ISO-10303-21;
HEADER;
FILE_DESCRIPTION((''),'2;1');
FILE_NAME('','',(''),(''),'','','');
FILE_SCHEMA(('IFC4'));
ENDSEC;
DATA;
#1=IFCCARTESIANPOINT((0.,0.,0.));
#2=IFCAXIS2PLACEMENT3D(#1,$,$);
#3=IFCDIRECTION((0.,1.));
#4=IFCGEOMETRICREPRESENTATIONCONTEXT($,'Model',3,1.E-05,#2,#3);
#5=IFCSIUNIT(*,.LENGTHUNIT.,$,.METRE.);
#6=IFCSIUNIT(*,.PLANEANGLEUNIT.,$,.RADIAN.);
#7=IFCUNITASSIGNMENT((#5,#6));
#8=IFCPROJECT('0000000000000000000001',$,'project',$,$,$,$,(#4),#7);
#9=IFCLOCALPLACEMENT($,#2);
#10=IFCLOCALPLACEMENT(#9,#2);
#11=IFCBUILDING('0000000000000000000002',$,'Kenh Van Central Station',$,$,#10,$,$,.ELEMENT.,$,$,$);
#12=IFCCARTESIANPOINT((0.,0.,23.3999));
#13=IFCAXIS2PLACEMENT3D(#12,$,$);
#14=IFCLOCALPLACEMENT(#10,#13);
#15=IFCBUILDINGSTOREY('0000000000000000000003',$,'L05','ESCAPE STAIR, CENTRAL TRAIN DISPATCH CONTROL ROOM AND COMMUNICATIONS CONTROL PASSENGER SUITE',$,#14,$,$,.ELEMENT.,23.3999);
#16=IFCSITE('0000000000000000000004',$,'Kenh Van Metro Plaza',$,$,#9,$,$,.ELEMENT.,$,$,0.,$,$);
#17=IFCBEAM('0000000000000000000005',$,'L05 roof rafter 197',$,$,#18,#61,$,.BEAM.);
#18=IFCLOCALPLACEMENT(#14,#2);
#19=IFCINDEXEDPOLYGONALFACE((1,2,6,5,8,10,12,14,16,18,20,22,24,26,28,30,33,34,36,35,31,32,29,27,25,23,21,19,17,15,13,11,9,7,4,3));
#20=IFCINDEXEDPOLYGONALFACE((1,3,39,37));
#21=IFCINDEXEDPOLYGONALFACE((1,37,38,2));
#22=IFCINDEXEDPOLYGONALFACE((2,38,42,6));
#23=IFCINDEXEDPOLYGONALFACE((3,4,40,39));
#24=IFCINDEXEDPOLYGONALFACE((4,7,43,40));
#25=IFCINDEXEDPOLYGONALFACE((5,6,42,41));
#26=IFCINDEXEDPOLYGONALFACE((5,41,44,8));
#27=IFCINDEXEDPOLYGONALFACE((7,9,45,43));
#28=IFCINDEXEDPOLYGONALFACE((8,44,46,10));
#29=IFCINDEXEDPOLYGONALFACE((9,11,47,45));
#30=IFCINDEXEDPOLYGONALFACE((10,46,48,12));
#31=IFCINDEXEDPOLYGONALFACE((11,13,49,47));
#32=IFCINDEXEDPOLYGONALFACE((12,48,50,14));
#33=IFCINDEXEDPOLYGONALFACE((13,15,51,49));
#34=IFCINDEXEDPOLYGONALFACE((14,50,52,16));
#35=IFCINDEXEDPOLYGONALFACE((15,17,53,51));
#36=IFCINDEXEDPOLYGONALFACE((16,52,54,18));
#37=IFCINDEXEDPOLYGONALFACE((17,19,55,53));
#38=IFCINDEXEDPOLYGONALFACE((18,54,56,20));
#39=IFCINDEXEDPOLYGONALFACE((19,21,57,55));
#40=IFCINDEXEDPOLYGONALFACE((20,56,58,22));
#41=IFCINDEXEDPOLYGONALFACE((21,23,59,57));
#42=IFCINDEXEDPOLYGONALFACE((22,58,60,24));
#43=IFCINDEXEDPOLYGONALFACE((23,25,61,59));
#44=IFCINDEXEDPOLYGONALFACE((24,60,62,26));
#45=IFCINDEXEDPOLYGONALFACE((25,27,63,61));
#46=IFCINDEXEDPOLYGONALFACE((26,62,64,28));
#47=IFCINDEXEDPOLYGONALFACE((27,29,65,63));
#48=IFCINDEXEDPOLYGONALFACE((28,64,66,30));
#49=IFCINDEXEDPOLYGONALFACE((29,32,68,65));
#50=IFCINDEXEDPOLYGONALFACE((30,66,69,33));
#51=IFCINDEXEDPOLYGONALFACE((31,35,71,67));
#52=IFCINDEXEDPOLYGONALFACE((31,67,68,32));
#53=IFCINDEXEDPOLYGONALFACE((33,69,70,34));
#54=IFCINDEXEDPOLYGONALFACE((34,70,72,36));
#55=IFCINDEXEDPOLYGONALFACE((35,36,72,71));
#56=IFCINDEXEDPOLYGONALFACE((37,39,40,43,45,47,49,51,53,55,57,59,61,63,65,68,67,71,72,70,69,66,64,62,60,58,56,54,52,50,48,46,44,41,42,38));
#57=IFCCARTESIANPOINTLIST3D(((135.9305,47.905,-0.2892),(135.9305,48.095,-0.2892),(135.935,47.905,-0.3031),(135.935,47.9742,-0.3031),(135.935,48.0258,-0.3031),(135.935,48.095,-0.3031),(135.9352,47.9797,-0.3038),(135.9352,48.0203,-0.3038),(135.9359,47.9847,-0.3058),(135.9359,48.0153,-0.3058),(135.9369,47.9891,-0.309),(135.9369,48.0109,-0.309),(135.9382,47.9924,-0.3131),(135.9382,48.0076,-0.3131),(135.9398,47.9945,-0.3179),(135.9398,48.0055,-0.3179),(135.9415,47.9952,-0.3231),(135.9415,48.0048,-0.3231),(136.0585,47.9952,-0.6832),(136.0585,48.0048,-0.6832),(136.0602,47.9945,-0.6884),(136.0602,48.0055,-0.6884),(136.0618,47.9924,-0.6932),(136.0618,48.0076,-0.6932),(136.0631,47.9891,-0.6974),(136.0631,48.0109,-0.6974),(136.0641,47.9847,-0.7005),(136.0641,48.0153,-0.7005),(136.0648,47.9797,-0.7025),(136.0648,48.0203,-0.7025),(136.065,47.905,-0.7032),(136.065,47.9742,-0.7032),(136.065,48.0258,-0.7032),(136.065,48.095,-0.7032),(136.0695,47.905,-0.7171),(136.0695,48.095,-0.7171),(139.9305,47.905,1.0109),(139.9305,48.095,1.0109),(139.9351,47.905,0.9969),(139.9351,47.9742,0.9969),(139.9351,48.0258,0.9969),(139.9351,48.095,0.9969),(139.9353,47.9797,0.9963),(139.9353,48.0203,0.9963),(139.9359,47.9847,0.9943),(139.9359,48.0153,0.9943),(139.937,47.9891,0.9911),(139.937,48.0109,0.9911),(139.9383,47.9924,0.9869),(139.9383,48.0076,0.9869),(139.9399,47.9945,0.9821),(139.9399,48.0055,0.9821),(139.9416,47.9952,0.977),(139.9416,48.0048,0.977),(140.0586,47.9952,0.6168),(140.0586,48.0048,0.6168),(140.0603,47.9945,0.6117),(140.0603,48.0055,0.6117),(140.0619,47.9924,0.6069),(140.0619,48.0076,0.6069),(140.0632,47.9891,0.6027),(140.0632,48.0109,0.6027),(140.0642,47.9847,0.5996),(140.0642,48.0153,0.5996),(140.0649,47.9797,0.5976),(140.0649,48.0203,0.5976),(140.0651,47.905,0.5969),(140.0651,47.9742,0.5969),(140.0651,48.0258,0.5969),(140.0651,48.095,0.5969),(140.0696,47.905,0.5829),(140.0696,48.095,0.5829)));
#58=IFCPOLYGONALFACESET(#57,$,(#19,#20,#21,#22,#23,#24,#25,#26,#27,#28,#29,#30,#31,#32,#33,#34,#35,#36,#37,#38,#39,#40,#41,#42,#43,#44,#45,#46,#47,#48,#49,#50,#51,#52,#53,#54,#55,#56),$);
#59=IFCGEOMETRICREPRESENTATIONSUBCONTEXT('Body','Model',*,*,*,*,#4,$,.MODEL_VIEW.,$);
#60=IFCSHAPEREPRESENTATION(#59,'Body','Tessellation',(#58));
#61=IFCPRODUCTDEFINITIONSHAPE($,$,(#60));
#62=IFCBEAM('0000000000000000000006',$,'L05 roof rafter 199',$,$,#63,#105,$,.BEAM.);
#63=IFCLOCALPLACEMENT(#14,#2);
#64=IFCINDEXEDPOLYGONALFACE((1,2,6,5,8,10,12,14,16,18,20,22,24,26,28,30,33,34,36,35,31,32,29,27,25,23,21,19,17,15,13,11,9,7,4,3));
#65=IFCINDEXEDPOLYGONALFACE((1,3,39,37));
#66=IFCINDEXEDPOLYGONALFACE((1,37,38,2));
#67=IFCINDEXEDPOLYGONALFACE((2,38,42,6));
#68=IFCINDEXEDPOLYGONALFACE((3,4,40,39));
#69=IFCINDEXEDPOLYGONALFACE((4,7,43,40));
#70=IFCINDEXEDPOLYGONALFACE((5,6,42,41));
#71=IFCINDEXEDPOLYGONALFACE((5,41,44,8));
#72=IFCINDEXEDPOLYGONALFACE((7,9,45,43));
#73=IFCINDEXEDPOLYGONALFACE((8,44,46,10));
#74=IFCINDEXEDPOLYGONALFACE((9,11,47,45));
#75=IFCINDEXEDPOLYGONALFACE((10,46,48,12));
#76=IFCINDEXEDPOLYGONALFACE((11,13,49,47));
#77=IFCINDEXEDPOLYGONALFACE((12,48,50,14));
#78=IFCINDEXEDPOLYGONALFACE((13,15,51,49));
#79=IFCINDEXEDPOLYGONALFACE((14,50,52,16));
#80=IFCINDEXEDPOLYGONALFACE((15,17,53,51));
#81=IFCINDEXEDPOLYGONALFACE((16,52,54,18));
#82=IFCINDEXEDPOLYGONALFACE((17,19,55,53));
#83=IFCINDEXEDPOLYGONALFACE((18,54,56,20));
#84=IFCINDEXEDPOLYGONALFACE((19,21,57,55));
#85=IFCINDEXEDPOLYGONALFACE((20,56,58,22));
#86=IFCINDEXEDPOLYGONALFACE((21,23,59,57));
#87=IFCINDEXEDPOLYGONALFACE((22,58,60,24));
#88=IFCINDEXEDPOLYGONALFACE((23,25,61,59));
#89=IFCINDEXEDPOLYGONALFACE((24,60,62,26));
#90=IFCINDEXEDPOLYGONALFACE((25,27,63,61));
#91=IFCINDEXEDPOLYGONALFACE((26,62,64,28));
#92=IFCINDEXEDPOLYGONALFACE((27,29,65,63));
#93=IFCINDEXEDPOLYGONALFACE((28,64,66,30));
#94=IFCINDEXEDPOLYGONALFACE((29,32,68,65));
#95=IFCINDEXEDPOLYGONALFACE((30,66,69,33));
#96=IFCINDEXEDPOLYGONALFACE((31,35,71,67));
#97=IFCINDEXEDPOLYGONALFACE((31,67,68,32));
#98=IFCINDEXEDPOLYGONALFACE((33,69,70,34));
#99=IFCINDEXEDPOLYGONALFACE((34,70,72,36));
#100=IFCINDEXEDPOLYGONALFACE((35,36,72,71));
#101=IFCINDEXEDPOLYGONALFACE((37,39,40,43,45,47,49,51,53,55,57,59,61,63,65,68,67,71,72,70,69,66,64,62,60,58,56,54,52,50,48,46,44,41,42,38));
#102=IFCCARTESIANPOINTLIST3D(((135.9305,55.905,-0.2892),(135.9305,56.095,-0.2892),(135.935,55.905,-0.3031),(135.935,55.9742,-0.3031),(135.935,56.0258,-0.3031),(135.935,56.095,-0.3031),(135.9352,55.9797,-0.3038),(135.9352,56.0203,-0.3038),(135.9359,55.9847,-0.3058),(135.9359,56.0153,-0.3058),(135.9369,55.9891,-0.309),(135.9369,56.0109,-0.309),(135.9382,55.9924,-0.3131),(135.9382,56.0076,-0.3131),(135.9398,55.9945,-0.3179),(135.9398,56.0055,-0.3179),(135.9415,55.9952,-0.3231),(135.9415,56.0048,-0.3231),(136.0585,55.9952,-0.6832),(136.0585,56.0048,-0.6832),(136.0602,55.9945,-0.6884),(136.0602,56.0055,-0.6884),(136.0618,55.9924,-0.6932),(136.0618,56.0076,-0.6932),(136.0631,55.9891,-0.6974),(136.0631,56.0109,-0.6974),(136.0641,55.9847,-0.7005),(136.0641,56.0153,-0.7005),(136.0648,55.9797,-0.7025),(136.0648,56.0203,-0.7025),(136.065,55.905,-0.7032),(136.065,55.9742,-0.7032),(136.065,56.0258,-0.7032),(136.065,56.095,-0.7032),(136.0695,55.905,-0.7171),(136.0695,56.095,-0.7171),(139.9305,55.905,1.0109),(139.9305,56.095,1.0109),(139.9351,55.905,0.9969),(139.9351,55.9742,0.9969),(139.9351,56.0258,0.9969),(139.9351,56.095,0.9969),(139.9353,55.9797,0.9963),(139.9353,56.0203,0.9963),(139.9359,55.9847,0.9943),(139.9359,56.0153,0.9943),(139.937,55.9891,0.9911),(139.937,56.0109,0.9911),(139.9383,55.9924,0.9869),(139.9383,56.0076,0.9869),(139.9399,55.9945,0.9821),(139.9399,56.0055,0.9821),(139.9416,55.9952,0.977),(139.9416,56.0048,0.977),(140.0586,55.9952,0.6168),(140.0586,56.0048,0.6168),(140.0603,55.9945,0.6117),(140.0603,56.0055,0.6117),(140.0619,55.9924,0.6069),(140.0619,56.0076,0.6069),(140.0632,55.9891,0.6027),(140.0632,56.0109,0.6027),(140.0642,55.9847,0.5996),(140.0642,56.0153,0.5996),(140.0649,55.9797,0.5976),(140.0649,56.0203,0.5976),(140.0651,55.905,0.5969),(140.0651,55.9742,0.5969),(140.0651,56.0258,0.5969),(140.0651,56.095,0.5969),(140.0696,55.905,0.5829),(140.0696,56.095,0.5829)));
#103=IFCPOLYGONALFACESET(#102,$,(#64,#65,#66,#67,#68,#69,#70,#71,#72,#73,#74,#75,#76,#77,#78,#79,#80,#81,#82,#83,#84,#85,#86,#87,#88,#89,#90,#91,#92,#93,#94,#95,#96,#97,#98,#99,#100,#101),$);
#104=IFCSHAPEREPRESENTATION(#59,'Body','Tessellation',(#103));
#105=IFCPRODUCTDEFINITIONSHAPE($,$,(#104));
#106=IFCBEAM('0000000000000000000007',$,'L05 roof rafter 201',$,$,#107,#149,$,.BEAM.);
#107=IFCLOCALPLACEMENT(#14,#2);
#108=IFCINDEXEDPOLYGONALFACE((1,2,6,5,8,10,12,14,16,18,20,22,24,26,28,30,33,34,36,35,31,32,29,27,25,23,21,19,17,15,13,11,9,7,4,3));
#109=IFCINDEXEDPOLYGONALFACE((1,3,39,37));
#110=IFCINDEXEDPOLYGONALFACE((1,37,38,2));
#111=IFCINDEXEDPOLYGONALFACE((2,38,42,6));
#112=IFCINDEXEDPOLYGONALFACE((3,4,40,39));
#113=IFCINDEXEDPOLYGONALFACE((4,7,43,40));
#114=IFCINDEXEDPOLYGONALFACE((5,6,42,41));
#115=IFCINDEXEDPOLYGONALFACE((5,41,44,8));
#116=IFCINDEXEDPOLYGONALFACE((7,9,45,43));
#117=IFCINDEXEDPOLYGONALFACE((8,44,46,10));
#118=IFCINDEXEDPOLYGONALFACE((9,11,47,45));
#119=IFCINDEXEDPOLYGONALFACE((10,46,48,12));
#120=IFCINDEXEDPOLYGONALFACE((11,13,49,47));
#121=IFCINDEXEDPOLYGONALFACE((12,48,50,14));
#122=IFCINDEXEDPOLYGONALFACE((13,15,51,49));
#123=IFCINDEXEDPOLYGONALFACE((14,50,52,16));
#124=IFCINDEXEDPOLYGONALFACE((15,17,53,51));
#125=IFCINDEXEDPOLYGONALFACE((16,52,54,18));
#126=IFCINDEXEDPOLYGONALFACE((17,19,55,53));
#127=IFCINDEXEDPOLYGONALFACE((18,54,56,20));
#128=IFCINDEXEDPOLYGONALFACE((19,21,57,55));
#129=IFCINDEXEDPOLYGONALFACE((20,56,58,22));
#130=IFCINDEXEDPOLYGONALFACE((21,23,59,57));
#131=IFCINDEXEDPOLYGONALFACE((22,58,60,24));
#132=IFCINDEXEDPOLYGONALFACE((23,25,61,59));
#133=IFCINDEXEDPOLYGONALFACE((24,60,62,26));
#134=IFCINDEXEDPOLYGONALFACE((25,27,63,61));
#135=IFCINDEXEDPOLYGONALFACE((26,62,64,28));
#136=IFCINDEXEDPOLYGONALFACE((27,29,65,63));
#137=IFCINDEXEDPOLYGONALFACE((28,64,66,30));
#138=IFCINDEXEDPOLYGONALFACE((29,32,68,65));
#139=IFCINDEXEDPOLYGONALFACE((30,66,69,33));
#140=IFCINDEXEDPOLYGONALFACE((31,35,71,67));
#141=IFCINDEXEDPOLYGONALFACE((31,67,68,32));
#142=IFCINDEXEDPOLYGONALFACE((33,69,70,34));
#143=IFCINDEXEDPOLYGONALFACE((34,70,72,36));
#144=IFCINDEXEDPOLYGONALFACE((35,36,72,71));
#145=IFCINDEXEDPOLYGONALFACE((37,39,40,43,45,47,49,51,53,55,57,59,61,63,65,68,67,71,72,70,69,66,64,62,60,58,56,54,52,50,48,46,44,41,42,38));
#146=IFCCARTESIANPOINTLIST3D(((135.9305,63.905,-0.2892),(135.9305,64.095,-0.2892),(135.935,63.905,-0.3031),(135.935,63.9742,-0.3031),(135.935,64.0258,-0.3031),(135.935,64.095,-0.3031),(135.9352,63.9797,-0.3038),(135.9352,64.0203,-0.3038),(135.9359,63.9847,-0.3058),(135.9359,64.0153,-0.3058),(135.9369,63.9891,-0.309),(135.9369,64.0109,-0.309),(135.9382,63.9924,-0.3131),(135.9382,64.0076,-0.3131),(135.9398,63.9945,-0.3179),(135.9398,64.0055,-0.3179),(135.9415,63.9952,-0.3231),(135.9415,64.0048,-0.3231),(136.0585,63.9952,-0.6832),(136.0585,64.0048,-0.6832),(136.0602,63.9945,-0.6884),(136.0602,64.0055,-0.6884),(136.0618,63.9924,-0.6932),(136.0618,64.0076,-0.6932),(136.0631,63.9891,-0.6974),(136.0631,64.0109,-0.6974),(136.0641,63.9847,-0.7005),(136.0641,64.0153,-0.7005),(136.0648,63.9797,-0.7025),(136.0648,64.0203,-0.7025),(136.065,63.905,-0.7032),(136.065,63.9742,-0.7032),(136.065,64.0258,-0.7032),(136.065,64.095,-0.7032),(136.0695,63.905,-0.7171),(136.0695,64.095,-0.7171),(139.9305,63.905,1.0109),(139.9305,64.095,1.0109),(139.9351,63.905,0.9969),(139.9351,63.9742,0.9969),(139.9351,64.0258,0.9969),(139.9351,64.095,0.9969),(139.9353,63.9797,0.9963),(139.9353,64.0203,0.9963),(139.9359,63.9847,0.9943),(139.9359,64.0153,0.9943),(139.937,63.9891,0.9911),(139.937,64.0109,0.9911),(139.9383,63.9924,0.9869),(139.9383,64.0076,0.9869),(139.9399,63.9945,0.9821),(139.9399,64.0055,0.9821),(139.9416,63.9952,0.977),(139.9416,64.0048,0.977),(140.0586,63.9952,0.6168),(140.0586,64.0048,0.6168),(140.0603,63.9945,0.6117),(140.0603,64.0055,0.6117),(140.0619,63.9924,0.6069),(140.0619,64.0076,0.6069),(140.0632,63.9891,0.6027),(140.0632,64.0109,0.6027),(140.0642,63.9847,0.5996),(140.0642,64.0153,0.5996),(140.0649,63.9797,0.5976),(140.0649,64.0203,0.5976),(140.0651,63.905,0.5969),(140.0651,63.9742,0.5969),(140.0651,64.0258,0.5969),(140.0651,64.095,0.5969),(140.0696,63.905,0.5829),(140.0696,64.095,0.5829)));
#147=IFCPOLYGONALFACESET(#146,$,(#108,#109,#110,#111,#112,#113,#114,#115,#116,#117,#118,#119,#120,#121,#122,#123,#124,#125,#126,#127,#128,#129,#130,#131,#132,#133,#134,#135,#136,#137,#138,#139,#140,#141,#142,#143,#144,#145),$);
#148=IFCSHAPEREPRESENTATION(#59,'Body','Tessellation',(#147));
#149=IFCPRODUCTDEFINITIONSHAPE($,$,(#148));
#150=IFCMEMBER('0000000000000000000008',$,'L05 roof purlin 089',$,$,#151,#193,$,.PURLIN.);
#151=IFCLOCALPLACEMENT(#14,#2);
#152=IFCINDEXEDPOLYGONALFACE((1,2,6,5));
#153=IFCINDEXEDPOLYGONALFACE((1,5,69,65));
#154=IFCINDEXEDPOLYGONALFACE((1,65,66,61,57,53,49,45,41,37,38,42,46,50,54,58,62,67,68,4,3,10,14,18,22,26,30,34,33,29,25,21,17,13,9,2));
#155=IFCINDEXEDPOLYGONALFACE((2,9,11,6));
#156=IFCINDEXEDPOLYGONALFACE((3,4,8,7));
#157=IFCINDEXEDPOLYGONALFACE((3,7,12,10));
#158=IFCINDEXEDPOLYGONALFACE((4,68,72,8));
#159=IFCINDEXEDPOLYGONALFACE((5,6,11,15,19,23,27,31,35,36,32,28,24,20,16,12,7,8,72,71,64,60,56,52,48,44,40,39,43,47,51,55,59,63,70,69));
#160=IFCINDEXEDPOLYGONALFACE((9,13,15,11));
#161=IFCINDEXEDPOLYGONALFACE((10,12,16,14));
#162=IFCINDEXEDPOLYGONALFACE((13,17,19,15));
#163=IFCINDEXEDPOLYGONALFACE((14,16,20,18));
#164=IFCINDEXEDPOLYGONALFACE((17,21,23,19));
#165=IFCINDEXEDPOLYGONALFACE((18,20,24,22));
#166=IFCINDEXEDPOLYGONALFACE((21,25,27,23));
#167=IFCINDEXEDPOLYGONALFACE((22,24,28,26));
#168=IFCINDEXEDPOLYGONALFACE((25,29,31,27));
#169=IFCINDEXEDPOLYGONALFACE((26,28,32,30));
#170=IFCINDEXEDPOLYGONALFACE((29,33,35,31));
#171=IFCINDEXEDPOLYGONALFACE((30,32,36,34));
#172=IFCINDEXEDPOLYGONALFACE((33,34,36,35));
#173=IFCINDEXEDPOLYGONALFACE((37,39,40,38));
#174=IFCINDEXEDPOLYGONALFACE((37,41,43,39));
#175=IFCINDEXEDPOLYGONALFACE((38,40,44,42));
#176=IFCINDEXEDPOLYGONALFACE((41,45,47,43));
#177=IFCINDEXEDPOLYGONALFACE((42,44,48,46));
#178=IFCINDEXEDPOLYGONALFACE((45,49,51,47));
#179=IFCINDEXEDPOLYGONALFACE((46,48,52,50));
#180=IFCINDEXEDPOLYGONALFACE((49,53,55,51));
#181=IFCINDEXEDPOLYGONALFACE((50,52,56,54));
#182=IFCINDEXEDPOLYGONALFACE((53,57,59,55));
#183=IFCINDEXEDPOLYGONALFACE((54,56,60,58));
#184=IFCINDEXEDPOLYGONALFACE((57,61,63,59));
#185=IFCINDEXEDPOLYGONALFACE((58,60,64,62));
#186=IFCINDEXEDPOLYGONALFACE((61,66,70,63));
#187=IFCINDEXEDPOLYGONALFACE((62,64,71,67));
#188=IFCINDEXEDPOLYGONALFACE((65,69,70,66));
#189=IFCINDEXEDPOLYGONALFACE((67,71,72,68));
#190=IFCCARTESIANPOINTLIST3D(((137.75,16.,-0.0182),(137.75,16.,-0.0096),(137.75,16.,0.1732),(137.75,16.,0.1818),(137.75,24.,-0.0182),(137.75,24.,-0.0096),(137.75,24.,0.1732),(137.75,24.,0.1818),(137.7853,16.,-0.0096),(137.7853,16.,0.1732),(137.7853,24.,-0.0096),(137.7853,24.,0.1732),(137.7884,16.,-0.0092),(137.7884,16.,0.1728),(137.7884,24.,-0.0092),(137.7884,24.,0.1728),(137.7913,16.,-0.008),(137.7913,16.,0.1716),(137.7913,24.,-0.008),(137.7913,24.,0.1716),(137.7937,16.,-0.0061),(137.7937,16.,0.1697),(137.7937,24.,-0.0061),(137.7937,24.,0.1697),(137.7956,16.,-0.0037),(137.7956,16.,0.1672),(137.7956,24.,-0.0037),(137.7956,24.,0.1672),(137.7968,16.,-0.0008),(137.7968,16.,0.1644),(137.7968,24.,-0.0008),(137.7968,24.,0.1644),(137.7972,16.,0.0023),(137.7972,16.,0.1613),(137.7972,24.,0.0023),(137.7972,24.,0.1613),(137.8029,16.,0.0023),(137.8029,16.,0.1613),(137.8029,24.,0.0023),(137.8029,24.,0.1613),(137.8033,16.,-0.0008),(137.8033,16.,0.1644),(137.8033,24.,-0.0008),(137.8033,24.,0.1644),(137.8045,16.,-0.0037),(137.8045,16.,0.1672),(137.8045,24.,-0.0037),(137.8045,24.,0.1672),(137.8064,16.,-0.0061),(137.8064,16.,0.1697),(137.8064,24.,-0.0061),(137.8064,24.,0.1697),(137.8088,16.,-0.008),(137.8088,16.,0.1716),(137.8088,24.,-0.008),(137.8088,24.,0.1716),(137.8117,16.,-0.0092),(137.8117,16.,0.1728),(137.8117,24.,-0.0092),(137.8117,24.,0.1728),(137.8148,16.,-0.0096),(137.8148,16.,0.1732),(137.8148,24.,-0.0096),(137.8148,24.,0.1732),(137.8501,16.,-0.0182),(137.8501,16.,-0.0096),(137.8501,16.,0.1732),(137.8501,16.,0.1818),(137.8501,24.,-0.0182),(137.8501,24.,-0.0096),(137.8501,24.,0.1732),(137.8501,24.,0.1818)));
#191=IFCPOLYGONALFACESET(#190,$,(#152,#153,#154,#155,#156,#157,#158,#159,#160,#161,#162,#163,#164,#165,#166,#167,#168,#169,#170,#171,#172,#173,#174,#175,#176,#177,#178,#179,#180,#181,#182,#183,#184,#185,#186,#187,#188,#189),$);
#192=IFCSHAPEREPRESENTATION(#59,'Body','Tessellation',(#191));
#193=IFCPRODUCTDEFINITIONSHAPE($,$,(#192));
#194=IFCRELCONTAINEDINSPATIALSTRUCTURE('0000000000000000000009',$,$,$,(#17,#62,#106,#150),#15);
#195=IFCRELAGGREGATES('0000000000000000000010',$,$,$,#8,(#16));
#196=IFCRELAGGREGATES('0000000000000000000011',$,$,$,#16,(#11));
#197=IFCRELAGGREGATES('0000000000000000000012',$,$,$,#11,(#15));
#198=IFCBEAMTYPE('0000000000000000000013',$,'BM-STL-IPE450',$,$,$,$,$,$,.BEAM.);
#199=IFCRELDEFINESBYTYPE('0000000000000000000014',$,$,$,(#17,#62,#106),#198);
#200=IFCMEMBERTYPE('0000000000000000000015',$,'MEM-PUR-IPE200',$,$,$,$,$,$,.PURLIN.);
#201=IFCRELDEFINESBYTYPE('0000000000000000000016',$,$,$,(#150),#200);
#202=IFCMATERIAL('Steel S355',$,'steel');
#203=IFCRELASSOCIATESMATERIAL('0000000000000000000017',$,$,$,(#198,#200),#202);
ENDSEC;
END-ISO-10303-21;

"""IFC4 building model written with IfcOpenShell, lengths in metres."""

from ifc_helpers import new_model, si_unit, direction, frame, origin, origin_2d, place, context, subcontext, project, spatial, i_section, extrude, material, material_profile, profile_set, type_object, element, save


model = new_model("IFC4")

# Units and contexts
model_context = context("Model", 3, precision=1e-05, world=origin(), true_north=direction((0.0, 1.0)))
body_context = subcontext(model_context, "Body", "Model", "MODEL_VIEW")
ifc_project = project(units=[si_unit("LENGTHUNIT", "METRE"), si_unit("PLANEANGLEUNIT", "RADIAN")], contexts=[model_context])

# Site, building, storey
site_placement = place(None, origin())
site = spatial("IfcSite", under=ifc_project, at=site_placement, Name="Kenh Van Metro Plaza", CompositionType="ELEMENT", RefElevation=0.0)
building_placement = place(site_placement, origin())
building = spatial("IfcBuilding", under=site, at=building_placement, Name="Kenh Van Central Station", CompositionType="ELEMENT")
storey_placement = place(building_placement, frame((0.0, 0.0, 23.3999)))
storey = spatial("IfcBuildingStorey", under=building, at=storey_placement, Name="L05", Description="ESCAPE STAIR, CENTRAL TRAIN DISPATCH CONTROL ROOM AND COMMUNICATIONS CONTROL PASSENGER SUITE", CompositionType="ELEMENT", Elevation=23.3999)

# Beams
ifc_material_1 = material(Name="Steel S355", Category="steel")
ifc_material_profile_1 = material_profile(ifc_material_1, i_section(OverallWidth=0.1899, OverallDepth=0.45, WebThickness=0.0095, FlangeThickness=0.0146, FilletRadius=0.021, at=origin_2d()), Name="IPE 450")
ifc_profile_set_1 = profile_set([ifc_material_profile_1], Name="Steel S355")
beam_type = type_object("IfcBeamType", Name="BM-STL-IPE450", PredefinedType="BEAM", material=ifc_profile_set_1)
for number, where, z_axis, x_axis, name in (
    (1, (136.0, 48.0, -0.5032), (0.951031, 0.0, 0.309097), (0.0, 1.0, 0.0), "L05 roof rafter 197"),
    (2, (136.0, 56.0, -0.5032), (0.951031, 0.0, 0.309097), (0.0, 1.0, 0.0), "L05 roof rafter 199"),
    (3, (136.0, 64.0, -0.5032), (0.951031, 0.0, 0.309097), (0.0, 1.0, 0.0), "L05 roof rafter 201"),
):
    element("IfcBeam", number, at=place(storey_placement, frame(where, z_axis=z_axis, x_axis=x_axis)), inside=storey, type_object=beam_type, Name=name, PredefinedType="BEAM", context=body_context, shape_type="SweptSolid", body=[
        extrude(i_section(OverallWidth=0.1899, OverallDepth=0.45, WebThickness=0.0095, FlangeThickness=0.0146, FilletRadius=0.021, at=origin_2d()), origin(), (0.0, 0.0, 1.0), 4.2061),
    ])

# Member
ifc_material_profile_2 = material_profile(ifc_material_1, i_section(OverallWidth=0.1001, OverallDepth=0.2, WebThickness=0.0056, FlangeThickness=0.0085, FilletRadius=0.012, at=origin_2d()), Name="IPE 200")
ifc_profile_set_2 = profile_set([ifc_material_profile_2], Name="Steel S355")
member_type_1 = type_object("IfcMemberType", Name="MEM-PUR-IPE200", PredefinedType="PURLIN", material=ifc_profile_set_2)
for number, where, z_axis, x_axis, name in (
    (4, (137.8, 16.0, 0.0818), (0.0, 1.0, 0.0), (-1.0, 0.0, 0.0), "L05 roof purlin 089"),
):
    element("IfcMember", number, at=place(storey_placement, frame(where, z_axis=z_axis, x_axis=x_axis)), inside=storey, type_object=member_type_1, Name=name, PredefinedType="PURLIN", context=body_context, shape_type="SweptSolid", body=[
        extrude(i_section(OverallWidth=0.1001, OverallDepth=0.2, WebThickness=0.0056, FlangeThickness=0.0085, FilletRadius=0.012, at=origin_2d()), origin(), (0.0, 0.0, 1.0), 8.0),
    ])

save(model, "model.ifc")
